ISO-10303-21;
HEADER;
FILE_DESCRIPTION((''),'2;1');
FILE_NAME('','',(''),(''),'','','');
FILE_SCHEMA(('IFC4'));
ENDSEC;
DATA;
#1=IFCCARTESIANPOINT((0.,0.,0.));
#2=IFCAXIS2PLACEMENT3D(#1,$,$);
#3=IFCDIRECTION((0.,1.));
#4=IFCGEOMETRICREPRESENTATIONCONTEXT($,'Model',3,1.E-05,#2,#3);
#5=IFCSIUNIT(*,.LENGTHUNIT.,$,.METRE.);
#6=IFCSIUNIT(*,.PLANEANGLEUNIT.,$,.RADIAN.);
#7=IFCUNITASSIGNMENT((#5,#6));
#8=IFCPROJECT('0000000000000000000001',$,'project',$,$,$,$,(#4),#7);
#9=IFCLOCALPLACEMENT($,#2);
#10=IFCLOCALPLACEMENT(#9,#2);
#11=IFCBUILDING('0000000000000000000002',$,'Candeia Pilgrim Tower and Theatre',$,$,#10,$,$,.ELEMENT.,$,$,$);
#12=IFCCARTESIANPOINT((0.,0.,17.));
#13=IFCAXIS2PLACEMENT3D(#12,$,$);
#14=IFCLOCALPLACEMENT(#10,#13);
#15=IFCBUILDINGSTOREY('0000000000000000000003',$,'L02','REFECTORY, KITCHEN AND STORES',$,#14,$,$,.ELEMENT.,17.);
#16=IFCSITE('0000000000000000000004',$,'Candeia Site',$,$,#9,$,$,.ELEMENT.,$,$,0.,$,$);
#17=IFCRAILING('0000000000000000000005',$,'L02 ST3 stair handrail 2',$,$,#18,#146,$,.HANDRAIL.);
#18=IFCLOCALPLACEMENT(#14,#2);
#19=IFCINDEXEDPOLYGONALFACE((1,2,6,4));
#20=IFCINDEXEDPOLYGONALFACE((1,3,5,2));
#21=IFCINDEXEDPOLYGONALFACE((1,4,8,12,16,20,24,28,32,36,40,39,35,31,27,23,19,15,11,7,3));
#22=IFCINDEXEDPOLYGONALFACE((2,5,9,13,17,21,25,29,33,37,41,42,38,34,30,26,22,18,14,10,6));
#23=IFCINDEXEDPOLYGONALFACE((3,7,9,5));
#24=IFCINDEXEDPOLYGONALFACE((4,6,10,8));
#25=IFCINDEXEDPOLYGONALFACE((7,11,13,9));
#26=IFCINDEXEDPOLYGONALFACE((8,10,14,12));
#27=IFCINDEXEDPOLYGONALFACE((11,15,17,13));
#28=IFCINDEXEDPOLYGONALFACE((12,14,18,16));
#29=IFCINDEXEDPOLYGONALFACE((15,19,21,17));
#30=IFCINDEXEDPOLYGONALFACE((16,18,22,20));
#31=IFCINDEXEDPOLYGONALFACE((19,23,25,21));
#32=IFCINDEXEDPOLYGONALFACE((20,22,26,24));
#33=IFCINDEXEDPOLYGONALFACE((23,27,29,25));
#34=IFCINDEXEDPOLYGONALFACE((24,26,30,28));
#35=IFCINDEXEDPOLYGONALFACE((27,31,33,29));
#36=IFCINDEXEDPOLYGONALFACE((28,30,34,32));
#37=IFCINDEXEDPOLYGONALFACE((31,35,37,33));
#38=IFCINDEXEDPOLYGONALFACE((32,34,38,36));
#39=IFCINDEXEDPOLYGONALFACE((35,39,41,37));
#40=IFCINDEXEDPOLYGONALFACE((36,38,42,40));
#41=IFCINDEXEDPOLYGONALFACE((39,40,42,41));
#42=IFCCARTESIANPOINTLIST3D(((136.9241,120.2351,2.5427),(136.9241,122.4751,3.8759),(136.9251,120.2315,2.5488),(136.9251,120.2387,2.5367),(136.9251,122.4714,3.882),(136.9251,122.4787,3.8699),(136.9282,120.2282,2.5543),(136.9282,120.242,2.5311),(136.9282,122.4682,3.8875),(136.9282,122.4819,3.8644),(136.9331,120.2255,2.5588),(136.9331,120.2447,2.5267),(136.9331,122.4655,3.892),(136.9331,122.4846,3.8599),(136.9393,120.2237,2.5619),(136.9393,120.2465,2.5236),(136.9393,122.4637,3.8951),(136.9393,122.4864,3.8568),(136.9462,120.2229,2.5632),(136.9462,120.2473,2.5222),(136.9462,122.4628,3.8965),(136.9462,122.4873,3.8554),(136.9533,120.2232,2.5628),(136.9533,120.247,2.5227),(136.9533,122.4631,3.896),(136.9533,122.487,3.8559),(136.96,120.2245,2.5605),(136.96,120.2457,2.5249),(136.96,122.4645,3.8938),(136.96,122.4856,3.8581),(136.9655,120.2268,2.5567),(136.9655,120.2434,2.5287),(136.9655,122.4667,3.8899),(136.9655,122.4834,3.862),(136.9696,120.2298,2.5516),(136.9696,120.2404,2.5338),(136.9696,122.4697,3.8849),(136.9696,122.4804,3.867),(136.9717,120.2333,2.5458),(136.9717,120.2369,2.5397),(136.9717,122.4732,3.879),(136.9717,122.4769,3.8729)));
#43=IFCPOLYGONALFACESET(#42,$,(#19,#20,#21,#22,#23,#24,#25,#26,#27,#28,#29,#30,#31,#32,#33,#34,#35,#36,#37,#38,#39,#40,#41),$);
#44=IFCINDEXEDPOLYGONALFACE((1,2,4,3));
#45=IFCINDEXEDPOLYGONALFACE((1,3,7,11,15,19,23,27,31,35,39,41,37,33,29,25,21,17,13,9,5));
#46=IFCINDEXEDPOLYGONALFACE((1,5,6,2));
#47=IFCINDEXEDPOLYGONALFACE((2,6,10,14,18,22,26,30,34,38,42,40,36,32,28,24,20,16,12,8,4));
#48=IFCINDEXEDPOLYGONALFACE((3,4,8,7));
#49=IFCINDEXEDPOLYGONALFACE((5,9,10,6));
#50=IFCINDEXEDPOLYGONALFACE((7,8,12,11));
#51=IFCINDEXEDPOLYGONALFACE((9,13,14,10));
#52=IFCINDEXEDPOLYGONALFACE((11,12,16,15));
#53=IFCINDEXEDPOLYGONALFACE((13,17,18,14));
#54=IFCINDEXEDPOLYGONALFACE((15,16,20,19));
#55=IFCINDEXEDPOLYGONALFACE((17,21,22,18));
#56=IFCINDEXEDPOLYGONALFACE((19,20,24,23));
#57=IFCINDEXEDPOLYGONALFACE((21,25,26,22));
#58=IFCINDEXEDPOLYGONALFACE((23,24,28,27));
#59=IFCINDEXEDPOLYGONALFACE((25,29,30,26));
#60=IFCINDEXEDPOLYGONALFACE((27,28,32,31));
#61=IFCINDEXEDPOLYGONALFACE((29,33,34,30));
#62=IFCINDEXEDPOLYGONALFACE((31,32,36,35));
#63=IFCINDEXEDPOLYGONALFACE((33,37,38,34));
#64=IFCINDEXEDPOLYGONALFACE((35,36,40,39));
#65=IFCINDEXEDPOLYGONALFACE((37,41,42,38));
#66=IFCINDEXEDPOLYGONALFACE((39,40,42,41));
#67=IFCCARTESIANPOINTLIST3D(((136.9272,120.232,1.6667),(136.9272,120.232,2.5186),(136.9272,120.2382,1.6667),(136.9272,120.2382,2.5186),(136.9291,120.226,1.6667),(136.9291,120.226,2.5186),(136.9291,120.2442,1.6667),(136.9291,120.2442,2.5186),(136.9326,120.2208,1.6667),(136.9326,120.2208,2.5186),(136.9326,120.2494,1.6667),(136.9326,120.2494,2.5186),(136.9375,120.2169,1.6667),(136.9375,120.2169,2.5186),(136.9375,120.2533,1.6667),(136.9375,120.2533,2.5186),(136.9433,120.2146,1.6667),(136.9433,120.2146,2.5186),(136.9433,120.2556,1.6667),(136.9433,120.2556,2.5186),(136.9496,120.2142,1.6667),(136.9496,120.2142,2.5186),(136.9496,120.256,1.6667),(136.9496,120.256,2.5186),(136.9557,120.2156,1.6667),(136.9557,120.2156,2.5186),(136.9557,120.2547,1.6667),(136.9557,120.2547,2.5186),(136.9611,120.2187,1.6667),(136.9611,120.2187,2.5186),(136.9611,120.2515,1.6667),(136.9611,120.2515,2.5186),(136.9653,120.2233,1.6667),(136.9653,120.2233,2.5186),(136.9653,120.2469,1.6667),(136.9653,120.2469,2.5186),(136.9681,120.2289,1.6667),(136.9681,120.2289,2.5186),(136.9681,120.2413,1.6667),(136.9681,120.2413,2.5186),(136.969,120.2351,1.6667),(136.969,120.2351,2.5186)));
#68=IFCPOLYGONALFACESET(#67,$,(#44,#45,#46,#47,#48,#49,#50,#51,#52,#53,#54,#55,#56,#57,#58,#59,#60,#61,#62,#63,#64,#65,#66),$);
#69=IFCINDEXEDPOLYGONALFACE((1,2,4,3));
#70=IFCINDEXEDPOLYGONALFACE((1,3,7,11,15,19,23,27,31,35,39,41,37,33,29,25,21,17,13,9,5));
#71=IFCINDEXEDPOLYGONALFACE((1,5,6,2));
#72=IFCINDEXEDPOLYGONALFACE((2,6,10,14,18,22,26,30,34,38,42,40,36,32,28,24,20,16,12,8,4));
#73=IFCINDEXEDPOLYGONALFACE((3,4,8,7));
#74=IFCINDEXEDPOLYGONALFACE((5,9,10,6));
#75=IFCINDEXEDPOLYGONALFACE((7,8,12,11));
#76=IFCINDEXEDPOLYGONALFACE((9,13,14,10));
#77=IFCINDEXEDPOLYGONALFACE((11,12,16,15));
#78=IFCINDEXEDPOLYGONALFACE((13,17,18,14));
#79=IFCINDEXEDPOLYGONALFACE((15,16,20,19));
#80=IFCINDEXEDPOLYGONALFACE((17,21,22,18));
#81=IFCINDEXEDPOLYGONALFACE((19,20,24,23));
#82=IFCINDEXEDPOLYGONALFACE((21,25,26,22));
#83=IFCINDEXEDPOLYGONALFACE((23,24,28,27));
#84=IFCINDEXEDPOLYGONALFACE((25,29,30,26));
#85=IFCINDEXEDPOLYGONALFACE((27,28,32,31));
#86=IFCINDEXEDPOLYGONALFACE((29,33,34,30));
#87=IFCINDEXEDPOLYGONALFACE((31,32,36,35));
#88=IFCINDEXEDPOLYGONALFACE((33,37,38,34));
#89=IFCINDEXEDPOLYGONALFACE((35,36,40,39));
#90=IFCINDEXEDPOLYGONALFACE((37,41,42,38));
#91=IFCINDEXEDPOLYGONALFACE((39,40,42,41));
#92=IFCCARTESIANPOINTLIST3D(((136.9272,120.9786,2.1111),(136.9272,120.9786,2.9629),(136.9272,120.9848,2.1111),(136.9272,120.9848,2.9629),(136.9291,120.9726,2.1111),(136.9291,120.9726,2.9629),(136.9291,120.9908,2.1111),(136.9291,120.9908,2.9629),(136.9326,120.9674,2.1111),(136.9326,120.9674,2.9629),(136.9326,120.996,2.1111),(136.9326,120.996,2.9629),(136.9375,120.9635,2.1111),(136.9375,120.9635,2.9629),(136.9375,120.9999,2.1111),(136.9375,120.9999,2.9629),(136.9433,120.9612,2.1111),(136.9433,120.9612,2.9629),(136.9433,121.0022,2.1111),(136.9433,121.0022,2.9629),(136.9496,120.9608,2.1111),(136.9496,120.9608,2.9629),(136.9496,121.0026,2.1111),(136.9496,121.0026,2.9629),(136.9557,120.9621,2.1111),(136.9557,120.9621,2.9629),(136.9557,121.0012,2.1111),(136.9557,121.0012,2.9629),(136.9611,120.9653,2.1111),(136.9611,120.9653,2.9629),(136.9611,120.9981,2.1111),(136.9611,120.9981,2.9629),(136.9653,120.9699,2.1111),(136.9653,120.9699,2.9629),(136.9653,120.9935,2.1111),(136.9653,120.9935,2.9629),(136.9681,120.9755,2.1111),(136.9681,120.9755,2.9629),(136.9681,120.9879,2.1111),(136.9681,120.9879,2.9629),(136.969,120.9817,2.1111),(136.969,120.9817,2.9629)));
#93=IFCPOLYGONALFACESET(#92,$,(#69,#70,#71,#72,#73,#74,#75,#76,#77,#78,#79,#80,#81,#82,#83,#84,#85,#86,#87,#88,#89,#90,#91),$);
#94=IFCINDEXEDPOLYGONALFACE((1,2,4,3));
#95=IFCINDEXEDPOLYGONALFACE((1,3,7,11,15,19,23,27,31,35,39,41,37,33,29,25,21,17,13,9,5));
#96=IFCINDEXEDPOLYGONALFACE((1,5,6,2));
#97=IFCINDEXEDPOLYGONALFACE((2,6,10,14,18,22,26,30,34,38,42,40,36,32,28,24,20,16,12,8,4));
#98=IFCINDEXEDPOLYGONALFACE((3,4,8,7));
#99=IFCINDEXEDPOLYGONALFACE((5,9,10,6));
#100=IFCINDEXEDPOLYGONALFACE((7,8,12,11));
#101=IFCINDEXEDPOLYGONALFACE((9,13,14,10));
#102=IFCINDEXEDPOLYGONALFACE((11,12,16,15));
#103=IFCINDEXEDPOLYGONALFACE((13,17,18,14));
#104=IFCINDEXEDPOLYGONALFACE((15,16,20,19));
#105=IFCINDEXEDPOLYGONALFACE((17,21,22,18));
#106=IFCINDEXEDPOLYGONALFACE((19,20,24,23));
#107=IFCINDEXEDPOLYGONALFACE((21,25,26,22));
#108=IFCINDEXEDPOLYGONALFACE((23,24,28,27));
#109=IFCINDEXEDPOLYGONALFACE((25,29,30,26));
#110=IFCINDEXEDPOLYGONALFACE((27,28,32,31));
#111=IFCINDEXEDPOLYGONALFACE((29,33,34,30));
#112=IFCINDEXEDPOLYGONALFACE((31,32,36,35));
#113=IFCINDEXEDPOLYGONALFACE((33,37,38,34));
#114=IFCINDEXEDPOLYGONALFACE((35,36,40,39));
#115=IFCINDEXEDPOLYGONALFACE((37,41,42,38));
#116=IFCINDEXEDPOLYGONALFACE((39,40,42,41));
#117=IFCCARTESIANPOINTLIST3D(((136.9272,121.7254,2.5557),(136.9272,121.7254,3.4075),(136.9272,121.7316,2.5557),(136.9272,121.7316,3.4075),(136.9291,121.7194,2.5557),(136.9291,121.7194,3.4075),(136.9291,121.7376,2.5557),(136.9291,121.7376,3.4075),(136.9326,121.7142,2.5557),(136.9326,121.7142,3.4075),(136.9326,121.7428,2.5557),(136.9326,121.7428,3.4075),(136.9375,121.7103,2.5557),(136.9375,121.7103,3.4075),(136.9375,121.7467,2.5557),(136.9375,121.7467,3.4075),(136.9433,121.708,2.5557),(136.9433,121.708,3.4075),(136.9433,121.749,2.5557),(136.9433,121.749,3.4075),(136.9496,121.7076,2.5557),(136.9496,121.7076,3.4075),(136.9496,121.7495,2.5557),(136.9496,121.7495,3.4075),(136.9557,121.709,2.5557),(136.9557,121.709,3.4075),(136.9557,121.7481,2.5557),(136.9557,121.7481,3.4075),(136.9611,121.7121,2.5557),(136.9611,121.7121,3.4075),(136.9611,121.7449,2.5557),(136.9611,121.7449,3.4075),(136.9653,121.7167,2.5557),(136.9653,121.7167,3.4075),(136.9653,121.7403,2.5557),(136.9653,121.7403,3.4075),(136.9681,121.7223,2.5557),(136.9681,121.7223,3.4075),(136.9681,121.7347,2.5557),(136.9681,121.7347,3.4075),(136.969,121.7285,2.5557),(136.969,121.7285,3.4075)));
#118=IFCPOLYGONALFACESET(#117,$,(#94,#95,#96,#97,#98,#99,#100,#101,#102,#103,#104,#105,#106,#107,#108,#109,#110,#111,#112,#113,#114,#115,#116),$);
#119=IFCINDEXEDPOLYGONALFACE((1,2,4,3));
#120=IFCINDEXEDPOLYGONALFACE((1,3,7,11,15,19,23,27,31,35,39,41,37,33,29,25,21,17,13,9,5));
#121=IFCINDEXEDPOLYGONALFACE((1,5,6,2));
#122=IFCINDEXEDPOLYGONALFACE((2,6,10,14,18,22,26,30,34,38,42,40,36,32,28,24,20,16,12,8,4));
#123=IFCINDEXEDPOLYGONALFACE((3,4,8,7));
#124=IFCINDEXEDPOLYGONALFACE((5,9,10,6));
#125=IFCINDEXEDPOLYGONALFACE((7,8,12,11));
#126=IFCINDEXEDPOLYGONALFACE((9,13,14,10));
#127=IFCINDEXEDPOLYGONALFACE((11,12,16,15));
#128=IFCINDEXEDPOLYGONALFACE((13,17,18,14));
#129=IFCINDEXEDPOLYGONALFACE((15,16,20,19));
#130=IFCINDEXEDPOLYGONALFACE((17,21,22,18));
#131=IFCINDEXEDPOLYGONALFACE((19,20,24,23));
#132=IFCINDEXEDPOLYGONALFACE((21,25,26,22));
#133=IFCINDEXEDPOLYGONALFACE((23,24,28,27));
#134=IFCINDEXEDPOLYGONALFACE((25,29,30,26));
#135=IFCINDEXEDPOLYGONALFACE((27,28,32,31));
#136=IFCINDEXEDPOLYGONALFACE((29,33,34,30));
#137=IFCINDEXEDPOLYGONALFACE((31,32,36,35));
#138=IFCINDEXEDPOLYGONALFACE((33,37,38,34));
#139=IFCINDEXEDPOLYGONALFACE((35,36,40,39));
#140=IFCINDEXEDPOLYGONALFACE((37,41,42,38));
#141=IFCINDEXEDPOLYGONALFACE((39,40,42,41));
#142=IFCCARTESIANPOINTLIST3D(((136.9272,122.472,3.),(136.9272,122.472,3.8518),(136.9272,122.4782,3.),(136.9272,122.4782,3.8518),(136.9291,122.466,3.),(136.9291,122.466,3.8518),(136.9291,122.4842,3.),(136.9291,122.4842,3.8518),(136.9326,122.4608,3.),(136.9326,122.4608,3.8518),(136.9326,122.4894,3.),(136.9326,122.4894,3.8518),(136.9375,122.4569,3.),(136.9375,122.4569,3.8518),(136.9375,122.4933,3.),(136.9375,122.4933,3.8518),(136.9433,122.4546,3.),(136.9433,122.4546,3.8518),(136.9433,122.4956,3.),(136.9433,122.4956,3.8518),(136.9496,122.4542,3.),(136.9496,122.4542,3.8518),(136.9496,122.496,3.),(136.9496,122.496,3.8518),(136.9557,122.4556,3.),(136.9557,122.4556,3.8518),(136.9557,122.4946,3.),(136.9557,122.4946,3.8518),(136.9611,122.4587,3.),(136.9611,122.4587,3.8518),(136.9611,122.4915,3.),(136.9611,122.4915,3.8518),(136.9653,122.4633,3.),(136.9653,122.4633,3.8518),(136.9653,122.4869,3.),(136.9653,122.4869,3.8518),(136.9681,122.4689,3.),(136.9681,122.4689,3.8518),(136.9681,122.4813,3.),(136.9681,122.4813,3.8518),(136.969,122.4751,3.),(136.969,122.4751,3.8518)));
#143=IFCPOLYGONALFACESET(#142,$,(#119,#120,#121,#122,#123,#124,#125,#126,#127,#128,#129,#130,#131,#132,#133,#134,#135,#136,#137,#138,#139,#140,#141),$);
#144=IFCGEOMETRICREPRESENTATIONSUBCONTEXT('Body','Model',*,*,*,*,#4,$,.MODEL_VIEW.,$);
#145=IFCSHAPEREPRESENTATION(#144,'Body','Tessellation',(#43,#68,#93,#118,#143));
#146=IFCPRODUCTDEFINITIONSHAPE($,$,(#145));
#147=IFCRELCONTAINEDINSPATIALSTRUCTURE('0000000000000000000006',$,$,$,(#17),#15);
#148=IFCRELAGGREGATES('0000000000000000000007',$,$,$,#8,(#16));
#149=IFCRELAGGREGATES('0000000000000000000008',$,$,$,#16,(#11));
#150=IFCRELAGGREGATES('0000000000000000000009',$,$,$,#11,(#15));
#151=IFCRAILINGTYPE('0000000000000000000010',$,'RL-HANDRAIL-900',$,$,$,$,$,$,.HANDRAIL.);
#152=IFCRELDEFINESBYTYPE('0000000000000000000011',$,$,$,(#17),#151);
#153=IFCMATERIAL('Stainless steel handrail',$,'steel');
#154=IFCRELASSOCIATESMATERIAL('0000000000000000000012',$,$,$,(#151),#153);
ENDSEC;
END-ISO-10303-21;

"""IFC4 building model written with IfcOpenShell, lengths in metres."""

from ifc_helpers import new_model, si_unit, direction, frame, origin, origin_2d, place, context, subcontext, project, spatial, circle, extrude, material, type_object, element, save


model = new_model("IFC4")

# Units and contexts
model_context = context("Model", 3, precision=1e-05, world=origin(), true_north=direction((0.0, 1.0)))
body_context = subcontext(model_context, "Body", "Model", "MODEL_VIEW")
ifc_project = project(units=[si_unit("LENGTHUNIT", "METRE"), si_unit("PLANEANGLEUNIT", "RADIAN")], contexts=[model_context])

# Site, building, storey
site_placement = place(None, origin())
site = spatial("IfcSite", under=ifc_project, at=site_placement, Name="Candeia Site", CompositionType="ELEMENT", RefElevation=0.0)
building_placement = place(site_placement, origin())
building = spatial("IfcBuilding", under=site, at=building_placement, Name="Candeia Pilgrim Tower and Theatre", CompositionType="ELEMENT")
storey_placement = place(building_placement, frame((0.0, 0.0, 17.0)))
storey = spatial("IfcBuildingStorey", under=building, at=storey_placement, Name="L02", Description="REFECTORY, KITCHEN AND STORES", CompositionType="ELEMENT", Elevation=17.0)

# Railing
ifc_material_1 = material(Name="Stainless steel handrail", Category="steel")
railing_type_1 = type_object("IfcRailingType", Name="RL-HANDRAIL-900", PredefinedType="HANDRAIL", material=ifc_material_1)
railing_1_placement = place(storey_placement, frame((136.948, 120.2351, 1.6667)))
element("IfcRailing", 1, at=railing_1_placement, inside=storey, type_object=railing_type_1, Name="L02 ST3 stair handrail 2", PredefinedType="HANDRAIL", context=body_context, shape_type="SweptSolid", body=[
    extrude(circle(Radius=0.0239, at=origin_2d()), frame((0.0, 0.0, 0.876), z_axis=(0.0, 0.859306, 0.511462), x_axis=(-1.0, 0.0, 0.0)), (0.0, 0.0, 1.0), 2.6067),
    extrude(circle(Radius=0.021, at=origin_2d()), origin(), (0.0, 0.0, 1.0), 0.8518),
    extrude(circle(Radius=0.021, at=origin_2d()), frame((0.0, 0.7466, 0.4443)), (0.0, 0.0, 1.0), 0.8518),
    extrude(circle(Radius=0.021, at=origin_2d()), frame((0.0, 1.4934, 0.8889)), (0.0, 0.0, 1.0), 0.8518),
    extrude(circle(Radius=0.021, at=origin_2d()), frame((0.0, 2.24, 1.3333)), (0.0, 0.0, 1.0), 0.8518),
])

save(model, "model.ifc")
